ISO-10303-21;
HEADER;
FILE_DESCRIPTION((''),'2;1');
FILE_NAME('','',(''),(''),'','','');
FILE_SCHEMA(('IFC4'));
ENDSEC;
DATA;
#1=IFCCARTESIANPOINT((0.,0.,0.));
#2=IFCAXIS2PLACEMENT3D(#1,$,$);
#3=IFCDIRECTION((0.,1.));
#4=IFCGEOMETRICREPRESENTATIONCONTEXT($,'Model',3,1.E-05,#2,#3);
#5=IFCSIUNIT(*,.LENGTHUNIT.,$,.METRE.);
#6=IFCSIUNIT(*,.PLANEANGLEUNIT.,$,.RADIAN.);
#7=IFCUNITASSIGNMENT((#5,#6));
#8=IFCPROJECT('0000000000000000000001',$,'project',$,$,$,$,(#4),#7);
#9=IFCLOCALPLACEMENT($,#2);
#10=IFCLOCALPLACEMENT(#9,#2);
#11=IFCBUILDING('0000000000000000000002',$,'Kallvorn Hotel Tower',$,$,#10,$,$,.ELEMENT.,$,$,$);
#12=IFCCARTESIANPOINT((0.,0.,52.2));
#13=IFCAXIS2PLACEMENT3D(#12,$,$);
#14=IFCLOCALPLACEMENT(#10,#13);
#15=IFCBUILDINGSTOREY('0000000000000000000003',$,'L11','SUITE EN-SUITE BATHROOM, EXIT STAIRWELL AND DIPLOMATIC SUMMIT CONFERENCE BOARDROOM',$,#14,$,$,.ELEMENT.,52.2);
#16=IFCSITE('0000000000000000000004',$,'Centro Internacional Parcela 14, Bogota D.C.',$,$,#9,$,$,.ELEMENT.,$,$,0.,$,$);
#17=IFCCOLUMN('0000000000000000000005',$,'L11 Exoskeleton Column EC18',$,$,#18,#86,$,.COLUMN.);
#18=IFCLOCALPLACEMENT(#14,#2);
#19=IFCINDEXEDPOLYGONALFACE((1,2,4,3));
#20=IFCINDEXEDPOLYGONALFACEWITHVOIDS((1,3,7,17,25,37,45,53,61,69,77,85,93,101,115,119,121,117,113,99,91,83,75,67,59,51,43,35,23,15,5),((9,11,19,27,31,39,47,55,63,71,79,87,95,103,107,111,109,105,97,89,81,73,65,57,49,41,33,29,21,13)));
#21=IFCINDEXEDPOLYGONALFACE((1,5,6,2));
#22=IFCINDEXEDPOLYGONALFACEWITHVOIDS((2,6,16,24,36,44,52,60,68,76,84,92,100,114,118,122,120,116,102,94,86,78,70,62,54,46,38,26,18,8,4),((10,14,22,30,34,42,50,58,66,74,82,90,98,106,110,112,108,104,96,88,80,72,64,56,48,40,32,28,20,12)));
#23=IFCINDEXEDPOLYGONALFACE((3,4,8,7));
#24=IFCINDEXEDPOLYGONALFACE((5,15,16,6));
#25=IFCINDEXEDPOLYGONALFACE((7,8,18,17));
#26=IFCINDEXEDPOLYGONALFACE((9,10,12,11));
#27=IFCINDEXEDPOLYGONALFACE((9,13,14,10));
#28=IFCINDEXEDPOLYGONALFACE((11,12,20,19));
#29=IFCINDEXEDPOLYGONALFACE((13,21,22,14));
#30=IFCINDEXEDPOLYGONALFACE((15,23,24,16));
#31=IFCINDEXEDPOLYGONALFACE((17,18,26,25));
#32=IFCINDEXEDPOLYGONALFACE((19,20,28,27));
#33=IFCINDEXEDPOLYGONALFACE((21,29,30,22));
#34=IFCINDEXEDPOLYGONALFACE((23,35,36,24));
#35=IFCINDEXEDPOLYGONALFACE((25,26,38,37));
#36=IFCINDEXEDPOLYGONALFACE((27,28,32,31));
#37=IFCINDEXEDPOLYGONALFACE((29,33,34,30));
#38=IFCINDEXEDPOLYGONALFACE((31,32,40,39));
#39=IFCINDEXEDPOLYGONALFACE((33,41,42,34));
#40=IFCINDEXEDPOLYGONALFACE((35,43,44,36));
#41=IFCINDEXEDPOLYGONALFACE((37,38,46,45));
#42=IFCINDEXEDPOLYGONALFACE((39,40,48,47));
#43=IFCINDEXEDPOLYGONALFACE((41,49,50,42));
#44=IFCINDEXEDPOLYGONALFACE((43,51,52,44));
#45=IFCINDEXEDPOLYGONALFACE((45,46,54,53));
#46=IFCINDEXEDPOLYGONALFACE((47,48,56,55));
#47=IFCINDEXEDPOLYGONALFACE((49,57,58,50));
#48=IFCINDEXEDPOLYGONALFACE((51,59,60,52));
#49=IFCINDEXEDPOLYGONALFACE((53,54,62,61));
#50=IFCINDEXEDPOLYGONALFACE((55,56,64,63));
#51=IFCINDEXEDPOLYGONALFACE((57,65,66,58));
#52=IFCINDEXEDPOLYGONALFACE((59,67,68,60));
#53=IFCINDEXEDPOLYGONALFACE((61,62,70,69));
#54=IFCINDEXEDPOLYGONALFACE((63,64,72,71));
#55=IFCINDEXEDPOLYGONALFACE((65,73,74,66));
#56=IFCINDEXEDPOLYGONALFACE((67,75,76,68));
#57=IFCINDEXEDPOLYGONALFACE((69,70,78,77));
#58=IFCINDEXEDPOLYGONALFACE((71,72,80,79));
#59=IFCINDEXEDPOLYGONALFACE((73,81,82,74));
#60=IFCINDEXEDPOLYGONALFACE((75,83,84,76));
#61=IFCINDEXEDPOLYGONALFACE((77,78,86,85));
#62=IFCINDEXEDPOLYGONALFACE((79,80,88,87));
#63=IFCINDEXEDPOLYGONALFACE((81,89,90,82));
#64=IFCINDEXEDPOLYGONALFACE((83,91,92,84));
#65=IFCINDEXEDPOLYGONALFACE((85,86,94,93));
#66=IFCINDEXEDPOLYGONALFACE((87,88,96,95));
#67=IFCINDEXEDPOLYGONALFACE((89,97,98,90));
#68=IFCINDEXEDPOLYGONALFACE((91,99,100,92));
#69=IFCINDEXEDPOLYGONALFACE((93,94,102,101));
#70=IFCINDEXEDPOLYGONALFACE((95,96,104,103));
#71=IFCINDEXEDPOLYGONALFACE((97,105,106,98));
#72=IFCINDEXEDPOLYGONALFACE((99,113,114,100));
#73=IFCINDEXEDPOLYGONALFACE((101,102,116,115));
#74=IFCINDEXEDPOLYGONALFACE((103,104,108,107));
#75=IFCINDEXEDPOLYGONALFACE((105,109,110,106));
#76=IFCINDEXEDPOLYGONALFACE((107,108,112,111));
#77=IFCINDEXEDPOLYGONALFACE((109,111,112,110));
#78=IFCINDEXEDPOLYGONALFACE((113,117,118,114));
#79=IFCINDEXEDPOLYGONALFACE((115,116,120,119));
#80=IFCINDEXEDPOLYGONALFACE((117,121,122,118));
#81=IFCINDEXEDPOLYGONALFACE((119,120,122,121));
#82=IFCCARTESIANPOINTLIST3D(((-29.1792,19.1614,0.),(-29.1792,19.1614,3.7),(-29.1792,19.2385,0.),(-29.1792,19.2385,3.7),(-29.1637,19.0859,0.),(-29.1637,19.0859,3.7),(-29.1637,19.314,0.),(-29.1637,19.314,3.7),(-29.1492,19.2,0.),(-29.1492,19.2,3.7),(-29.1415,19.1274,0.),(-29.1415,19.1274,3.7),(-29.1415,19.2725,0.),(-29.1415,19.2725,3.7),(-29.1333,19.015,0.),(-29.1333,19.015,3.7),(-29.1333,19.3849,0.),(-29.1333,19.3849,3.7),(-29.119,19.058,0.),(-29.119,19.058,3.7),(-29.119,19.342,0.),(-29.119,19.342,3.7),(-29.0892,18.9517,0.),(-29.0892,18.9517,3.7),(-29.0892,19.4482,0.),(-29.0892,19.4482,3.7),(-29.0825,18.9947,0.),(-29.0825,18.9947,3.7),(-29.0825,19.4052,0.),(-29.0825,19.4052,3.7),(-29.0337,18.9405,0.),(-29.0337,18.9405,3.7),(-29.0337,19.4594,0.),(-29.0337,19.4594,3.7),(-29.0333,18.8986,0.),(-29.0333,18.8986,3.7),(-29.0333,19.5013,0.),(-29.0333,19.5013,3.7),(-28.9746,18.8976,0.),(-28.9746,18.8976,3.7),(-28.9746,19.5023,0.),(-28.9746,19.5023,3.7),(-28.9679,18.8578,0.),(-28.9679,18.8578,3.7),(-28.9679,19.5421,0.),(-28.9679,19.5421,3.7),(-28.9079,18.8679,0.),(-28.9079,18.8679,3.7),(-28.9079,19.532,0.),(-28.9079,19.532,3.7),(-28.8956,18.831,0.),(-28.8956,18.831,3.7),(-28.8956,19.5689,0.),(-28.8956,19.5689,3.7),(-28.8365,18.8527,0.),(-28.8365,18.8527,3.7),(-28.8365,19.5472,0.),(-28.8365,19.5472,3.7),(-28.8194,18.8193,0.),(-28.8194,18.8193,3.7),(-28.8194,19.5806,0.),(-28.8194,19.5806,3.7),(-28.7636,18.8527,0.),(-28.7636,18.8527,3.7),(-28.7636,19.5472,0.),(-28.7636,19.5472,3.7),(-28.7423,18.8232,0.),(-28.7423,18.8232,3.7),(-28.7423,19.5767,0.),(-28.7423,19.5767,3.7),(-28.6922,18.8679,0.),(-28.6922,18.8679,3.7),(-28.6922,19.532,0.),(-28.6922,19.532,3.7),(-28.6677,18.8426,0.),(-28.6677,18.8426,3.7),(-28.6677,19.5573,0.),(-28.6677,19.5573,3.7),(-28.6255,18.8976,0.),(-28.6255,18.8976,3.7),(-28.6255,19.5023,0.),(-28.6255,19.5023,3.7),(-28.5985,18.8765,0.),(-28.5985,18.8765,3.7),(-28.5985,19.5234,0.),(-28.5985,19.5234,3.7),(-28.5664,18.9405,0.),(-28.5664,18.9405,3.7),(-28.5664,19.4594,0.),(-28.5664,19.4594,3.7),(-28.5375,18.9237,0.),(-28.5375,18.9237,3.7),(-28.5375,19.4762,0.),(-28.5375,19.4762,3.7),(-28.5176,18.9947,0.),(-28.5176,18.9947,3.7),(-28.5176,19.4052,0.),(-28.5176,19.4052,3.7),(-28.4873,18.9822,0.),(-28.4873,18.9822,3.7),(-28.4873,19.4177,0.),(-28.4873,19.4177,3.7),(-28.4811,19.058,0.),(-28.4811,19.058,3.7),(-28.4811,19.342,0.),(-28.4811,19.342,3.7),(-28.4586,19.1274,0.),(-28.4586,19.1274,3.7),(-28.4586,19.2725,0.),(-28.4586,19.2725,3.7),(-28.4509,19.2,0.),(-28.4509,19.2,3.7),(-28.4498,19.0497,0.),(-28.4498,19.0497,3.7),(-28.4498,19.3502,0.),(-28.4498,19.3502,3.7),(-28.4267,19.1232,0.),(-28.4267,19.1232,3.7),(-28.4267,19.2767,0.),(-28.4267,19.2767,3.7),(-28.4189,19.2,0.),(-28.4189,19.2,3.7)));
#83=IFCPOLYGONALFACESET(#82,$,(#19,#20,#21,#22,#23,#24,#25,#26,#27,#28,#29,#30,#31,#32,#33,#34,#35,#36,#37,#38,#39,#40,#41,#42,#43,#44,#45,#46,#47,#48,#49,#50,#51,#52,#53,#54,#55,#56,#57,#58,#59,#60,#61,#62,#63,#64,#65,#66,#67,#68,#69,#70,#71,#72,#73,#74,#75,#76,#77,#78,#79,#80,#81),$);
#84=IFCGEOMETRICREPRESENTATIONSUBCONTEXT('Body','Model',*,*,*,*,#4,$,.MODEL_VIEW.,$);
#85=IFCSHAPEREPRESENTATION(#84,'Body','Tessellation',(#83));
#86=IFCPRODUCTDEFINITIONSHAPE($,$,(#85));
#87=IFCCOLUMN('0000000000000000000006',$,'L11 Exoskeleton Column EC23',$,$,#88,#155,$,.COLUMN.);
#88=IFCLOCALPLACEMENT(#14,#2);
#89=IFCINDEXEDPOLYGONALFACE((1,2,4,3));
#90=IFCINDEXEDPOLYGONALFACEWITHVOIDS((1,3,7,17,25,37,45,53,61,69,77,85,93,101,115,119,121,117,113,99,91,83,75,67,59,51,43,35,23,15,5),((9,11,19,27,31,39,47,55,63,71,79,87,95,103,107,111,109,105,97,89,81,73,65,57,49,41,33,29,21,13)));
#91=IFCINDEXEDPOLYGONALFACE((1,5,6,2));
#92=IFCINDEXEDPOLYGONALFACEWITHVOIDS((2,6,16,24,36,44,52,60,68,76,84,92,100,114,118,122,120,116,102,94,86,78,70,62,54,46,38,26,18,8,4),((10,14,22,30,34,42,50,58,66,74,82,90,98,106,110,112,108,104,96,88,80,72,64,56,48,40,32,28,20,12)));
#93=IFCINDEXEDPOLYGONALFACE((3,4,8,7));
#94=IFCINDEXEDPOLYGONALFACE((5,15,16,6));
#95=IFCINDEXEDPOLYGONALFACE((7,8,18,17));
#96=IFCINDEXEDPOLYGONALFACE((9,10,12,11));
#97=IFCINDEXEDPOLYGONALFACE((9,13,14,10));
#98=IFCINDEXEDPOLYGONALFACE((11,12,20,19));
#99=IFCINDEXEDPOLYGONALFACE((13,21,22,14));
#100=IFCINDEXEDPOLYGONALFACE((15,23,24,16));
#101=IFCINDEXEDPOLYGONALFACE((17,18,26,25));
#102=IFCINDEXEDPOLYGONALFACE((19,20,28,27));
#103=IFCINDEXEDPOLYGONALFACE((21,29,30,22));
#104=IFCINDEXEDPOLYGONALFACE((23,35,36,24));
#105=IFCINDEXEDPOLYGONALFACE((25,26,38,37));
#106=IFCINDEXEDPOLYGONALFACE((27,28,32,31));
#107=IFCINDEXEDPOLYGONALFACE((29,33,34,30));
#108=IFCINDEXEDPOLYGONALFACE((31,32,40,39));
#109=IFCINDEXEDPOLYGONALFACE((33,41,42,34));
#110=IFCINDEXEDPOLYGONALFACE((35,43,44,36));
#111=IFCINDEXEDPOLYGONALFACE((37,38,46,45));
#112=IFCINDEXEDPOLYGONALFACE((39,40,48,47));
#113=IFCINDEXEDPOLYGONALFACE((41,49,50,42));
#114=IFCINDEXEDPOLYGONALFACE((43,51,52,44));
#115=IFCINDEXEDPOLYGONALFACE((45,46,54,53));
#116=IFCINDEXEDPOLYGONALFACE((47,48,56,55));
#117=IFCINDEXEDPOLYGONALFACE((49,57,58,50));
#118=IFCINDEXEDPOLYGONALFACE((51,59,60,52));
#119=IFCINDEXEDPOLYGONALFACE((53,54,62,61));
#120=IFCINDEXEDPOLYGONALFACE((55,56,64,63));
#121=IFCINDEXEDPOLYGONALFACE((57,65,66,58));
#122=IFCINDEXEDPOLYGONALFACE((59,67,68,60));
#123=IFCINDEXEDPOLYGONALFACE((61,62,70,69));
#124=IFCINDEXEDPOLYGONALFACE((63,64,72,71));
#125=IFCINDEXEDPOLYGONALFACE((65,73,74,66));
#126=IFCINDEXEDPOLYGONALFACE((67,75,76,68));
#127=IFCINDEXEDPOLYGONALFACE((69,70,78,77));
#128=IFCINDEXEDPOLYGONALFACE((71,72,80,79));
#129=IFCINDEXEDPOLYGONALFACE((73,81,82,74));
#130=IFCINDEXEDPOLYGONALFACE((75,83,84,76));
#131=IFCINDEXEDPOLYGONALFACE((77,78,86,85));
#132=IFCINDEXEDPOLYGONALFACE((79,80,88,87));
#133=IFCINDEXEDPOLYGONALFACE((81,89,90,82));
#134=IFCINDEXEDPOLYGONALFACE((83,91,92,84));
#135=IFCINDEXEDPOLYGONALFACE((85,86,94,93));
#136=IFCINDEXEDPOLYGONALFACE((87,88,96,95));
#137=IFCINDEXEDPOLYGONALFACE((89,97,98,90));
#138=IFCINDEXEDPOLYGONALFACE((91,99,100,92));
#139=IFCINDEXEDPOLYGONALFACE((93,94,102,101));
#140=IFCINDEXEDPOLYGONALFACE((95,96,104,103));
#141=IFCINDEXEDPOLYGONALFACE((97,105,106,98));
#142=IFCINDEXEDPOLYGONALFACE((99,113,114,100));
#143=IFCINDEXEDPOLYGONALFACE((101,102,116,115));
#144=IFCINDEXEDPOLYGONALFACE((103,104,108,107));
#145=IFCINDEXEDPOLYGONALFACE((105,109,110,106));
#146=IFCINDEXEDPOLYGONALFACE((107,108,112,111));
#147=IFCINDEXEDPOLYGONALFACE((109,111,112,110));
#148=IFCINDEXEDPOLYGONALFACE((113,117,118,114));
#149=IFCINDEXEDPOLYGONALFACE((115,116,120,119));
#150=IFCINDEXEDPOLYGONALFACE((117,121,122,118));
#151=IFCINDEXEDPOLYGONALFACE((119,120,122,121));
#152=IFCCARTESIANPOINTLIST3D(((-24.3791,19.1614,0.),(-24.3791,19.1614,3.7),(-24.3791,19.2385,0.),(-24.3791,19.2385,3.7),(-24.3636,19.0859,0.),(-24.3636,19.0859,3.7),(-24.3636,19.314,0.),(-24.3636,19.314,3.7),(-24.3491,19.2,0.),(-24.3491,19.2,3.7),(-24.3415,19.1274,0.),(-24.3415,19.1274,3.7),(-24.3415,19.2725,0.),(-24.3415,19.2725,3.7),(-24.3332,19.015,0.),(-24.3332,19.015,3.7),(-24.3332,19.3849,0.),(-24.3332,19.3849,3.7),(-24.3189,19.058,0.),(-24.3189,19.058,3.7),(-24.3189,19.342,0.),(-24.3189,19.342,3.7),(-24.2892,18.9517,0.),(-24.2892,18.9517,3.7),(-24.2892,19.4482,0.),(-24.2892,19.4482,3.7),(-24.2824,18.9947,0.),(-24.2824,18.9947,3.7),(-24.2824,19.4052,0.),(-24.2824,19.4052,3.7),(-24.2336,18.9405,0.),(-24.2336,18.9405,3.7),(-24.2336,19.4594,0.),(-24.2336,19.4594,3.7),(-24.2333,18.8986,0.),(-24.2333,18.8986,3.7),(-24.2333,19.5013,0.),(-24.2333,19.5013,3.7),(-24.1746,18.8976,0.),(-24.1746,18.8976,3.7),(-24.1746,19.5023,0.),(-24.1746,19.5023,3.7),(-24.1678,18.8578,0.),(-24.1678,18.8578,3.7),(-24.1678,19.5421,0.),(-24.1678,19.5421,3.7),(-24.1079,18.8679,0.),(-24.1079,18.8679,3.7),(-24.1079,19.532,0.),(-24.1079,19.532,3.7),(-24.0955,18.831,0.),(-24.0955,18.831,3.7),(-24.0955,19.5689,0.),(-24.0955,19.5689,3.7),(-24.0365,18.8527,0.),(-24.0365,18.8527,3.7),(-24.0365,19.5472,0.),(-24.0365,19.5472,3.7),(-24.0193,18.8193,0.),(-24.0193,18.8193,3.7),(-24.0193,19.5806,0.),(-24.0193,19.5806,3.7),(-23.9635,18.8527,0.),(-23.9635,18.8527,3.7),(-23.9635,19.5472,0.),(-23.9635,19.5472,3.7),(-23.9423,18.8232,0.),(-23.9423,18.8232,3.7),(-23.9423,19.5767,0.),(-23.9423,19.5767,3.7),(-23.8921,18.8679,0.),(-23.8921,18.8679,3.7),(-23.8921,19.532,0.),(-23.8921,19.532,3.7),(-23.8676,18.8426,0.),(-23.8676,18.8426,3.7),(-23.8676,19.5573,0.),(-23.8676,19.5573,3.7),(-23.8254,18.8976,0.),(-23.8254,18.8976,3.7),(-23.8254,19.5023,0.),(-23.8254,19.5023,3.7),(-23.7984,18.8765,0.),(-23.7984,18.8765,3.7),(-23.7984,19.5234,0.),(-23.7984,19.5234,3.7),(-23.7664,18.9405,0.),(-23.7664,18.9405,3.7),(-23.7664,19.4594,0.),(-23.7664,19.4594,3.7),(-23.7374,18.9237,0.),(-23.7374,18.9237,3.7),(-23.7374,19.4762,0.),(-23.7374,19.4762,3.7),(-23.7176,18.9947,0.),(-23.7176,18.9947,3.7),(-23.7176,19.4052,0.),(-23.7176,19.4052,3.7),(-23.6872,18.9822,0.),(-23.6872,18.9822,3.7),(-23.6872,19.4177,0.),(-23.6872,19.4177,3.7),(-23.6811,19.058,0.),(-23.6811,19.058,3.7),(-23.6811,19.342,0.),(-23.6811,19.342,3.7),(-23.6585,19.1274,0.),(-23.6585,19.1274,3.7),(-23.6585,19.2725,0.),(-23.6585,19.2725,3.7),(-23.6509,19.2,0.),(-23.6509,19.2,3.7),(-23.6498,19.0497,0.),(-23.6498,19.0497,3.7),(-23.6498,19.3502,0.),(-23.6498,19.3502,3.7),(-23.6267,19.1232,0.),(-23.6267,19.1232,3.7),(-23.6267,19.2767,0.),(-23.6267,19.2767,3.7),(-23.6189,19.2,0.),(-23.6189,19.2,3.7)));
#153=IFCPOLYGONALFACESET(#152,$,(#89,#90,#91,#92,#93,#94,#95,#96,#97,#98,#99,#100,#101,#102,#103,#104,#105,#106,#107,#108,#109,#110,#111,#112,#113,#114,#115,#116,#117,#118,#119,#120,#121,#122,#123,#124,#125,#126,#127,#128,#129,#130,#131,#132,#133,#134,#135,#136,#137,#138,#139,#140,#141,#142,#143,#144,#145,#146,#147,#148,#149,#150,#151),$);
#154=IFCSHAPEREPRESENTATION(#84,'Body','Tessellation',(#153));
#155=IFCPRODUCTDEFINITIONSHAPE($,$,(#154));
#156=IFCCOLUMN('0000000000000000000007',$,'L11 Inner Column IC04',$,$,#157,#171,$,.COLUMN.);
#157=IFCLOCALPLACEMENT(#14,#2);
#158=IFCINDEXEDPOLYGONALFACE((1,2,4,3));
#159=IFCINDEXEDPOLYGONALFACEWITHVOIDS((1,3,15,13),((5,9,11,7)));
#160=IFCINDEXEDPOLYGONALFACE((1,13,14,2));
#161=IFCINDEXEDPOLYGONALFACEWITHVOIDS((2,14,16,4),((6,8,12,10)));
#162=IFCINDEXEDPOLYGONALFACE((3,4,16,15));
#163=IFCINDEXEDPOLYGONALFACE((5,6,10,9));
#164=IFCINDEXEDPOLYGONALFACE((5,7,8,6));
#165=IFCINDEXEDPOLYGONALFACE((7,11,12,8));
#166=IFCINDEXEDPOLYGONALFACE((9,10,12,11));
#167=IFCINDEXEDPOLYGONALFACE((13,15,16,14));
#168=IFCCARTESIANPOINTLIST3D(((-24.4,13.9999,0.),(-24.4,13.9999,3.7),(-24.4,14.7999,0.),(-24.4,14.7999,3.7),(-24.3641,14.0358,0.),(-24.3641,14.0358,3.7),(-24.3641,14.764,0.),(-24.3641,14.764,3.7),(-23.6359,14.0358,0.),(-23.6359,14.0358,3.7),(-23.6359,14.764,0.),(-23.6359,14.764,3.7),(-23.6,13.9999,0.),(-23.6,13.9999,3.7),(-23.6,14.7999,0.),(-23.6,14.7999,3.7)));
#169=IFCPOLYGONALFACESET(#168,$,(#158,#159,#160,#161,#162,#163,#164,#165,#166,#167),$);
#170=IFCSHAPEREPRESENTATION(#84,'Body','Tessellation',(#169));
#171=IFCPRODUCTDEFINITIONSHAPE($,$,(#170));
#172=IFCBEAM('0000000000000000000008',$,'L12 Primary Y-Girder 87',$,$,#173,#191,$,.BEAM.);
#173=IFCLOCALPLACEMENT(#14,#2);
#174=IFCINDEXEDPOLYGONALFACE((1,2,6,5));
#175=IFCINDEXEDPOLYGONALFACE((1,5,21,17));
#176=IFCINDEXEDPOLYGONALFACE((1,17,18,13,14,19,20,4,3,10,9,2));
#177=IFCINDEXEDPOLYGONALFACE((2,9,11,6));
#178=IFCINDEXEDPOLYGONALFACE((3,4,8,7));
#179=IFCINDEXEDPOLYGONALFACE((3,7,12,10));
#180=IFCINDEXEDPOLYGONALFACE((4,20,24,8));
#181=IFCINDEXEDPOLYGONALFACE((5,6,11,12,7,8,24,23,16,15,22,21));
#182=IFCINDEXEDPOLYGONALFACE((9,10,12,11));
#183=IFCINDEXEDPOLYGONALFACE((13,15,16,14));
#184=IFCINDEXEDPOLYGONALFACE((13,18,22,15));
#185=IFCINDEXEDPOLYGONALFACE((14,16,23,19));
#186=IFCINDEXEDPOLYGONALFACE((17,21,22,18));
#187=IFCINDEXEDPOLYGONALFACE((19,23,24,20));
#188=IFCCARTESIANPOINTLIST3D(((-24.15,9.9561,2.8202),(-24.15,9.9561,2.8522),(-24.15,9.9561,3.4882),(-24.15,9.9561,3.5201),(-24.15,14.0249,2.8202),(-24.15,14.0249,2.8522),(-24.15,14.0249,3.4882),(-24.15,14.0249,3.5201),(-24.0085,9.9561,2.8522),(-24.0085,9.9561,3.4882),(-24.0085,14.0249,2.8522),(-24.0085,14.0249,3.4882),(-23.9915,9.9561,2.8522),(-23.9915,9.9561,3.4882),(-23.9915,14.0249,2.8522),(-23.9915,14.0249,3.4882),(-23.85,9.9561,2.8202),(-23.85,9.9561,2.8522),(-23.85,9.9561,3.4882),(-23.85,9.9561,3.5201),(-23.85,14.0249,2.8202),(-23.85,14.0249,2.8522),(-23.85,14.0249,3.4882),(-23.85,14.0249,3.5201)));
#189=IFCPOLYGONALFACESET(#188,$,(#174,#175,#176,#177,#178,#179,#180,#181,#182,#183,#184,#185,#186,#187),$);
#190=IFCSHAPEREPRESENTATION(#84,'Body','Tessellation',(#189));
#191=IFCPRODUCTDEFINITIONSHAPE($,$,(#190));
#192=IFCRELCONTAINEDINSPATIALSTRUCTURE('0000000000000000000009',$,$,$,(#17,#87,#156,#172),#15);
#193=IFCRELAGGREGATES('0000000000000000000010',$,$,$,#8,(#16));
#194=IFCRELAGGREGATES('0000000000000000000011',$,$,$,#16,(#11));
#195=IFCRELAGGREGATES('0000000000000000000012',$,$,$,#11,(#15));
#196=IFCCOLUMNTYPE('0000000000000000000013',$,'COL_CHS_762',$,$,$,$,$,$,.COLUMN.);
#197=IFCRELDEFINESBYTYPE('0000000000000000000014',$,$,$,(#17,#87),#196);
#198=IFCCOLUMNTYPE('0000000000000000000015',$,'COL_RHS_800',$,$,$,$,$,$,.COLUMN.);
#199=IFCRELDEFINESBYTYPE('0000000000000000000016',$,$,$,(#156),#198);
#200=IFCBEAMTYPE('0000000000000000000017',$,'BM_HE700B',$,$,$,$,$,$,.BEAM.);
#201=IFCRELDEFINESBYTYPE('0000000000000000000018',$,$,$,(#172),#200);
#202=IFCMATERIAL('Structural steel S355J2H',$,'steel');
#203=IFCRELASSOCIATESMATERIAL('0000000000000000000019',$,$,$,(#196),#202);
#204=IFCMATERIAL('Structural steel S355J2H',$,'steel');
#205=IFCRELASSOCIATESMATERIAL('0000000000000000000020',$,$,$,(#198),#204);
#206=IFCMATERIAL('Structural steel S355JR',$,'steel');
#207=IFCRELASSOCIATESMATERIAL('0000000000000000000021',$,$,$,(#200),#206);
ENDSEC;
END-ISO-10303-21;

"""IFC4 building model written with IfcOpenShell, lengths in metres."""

from ifc_helpers import new_model, si_unit, direction, frame, origin, origin_2d, place, context, subcontext, project, spatial, hollow_rectangle, hollow_circle, i_section, extrude, material, material_profile, profile_set, type_object, element, save


model = new_model("IFC4")

# Units and contexts
model_context = context("Model", 3, precision=1e-05, world=origin(), true_north=direction((0.0, 1.0)))
body_context = subcontext(model_context, "Body", "Model", "MODEL_VIEW")
ifc_project = project(units=[si_unit("LENGTHUNIT", "METRE"), si_unit("PLANEANGLEUNIT", "RADIAN")], contexts=[model_context])

# Site, building, storey
site_placement = place(None, origin())
site = spatial("IfcSite", under=ifc_project, at=site_placement, Name="Centro Internacional Parcela 14, Bogota D.C.", CompositionType="ELEMENT", RefElevation=0.0)
building_placement = place(site_placement, origin())
building = spatial("IfcBuilding", under=site, at=building_placement, Name="Kallvorn Hotel Tower", CompositionType="ELEMENT")
storey_placement = place(building_placement, frame((0.0, 0.0, 52.2)))
storey = spatial("IfcBuildingStorey", under=building, at=storey_placement, Name="L11", Description="SUITE EN-SUITE BATHROOM, EXIT STAIRWELL AND DIPLOMATIC SUMMIT CONFERENCE BOARDROOM", CompositionType="ELEMENT", Elevation=52.2)

# Columns
ifc_material_1 = material(Name="Structural steel S355J2H", Category="steel")
ifc_material_profile_1 = material_profile(ifc_material_1, hollow_circle(Radius=0.3811, WallThickness=0.032, at=origin_2d()), Name="CHS 762x32")
ifc_profile_set_1 = profile_set([ifc_material_profile_1], Name="Structural steel S355J2H")
column_type_1 = type_object("IfcColumnType", Name="COL_CHS_762", PredefinedType="COLUMN", material=ifc_profile_set_1)
for number, where, z_axis, x_axis, name in (
    (1, (-28.8, 19.2, 0.0), (0.0, 0.0, 1.0), (1.0, 0.0, 0.0), "L11 Exoskeleton Column EC18"),
    (2, (-24.0, 19.2, 0.0), (0.0, 0.0, 1.0), (1.0, 0.0, 0.0), "L11 Exoskeleton Column EC23"),
):
    element("IfcColumn", number, at=place(storey_placement, frame(where, z_axis=z_axis, x_axis=x_axis)), inside=storey, type_object=column_type_1, Name=name, PredefinedType="COLUMN", context=body_context, shape_type="SweptSolid", body=[
        extrude(hollow_circle(Radius=0.3811, WallThickness=0.032, at=origin_2d()), origin(), (0.0, 0.0, 1.0), 3.7),
    ])
ifc_material_2 = material(Name="Structural steel S355J2H", Category="steel")
ifc_material_profile_2 = material_profile(ifc_material_2, hollow_rectangle(XDim=0.8, YDim=0.8, WallThickness=0.0359, at=origin_2d()), Name="RHS 800x800x36")
ifc_profile_set_2 = profile_set([ifc_material_profile_2], Name="Structural steel S355J2H")
column_type_2 = type_object("IfcColumnType", Name="COL_RHS_800", PredefinedType="COLUMN", material=ifc_profile_set_2)
column_placement = place(storey_placement, frame((-24.0, 14.3999, 0.0), z_axis=(0.0, 0.0, 1.0), x_axis=(1.0, 0.0, 0.0)))
element("IfcColumn", 3, at=column_placement, inside=storey, type_object=column_type_2, Name="L11 Inner Column IC04", PredefinedType="COLUMN", context=body_context, shape_type="SweptSolid", body=[
    extrude(hollow_rectangle(XDim=0.8, YDim=0.8, WallThickness=0.0359, at=origin_2d()), origin(), (0.0, 0.0, 1.0), 3.7),
])

# Beam
ifc_material_3 = material(Name="Structural steel S355JR", Category="steel")
ifc_material_profile_3 = material_profile(ifc_material_3, i_section(OverallWidth=0.3, OverallDepth=0.7, WebThickness=0.0171, FlangeThickness=0.032, at=origin_2d()), Name="HE 700 B")
ifc_profile_set_3 = profile_set([ifc_material_profile_3], Name="Structural steel S355JR")
beam_type_1 = type_object("IfcBeamType", Name="BM_HE700B", PredefinedType="BEAM", material=ifc_profile_set_3)
beam_1_placement = place(storey_placement, frame((-24.0, 9.9561, 3.1702), z_axis=(0.0, 1.0, 0.0), x_axis=(-1.0, 0.0, 0.0)))
element("IfcBeam", 4, at=beam_1_placement, inside=storey, type_object=beam_type_1, Name="L12 Primary Y-Girder 87", PredefinedType="BEAM", context=body_context, shape_type="SweptSolid", body=[
    extrude(i_section(OverallWidth=0.3, OverallDepth=0.7, WebThickness=0.0171, FlangeThickness=0.032, at=origin_2d()), origin(), (0.0, 0.0, 1.0), 4.0688),
])

save(model, "model.ifc")
